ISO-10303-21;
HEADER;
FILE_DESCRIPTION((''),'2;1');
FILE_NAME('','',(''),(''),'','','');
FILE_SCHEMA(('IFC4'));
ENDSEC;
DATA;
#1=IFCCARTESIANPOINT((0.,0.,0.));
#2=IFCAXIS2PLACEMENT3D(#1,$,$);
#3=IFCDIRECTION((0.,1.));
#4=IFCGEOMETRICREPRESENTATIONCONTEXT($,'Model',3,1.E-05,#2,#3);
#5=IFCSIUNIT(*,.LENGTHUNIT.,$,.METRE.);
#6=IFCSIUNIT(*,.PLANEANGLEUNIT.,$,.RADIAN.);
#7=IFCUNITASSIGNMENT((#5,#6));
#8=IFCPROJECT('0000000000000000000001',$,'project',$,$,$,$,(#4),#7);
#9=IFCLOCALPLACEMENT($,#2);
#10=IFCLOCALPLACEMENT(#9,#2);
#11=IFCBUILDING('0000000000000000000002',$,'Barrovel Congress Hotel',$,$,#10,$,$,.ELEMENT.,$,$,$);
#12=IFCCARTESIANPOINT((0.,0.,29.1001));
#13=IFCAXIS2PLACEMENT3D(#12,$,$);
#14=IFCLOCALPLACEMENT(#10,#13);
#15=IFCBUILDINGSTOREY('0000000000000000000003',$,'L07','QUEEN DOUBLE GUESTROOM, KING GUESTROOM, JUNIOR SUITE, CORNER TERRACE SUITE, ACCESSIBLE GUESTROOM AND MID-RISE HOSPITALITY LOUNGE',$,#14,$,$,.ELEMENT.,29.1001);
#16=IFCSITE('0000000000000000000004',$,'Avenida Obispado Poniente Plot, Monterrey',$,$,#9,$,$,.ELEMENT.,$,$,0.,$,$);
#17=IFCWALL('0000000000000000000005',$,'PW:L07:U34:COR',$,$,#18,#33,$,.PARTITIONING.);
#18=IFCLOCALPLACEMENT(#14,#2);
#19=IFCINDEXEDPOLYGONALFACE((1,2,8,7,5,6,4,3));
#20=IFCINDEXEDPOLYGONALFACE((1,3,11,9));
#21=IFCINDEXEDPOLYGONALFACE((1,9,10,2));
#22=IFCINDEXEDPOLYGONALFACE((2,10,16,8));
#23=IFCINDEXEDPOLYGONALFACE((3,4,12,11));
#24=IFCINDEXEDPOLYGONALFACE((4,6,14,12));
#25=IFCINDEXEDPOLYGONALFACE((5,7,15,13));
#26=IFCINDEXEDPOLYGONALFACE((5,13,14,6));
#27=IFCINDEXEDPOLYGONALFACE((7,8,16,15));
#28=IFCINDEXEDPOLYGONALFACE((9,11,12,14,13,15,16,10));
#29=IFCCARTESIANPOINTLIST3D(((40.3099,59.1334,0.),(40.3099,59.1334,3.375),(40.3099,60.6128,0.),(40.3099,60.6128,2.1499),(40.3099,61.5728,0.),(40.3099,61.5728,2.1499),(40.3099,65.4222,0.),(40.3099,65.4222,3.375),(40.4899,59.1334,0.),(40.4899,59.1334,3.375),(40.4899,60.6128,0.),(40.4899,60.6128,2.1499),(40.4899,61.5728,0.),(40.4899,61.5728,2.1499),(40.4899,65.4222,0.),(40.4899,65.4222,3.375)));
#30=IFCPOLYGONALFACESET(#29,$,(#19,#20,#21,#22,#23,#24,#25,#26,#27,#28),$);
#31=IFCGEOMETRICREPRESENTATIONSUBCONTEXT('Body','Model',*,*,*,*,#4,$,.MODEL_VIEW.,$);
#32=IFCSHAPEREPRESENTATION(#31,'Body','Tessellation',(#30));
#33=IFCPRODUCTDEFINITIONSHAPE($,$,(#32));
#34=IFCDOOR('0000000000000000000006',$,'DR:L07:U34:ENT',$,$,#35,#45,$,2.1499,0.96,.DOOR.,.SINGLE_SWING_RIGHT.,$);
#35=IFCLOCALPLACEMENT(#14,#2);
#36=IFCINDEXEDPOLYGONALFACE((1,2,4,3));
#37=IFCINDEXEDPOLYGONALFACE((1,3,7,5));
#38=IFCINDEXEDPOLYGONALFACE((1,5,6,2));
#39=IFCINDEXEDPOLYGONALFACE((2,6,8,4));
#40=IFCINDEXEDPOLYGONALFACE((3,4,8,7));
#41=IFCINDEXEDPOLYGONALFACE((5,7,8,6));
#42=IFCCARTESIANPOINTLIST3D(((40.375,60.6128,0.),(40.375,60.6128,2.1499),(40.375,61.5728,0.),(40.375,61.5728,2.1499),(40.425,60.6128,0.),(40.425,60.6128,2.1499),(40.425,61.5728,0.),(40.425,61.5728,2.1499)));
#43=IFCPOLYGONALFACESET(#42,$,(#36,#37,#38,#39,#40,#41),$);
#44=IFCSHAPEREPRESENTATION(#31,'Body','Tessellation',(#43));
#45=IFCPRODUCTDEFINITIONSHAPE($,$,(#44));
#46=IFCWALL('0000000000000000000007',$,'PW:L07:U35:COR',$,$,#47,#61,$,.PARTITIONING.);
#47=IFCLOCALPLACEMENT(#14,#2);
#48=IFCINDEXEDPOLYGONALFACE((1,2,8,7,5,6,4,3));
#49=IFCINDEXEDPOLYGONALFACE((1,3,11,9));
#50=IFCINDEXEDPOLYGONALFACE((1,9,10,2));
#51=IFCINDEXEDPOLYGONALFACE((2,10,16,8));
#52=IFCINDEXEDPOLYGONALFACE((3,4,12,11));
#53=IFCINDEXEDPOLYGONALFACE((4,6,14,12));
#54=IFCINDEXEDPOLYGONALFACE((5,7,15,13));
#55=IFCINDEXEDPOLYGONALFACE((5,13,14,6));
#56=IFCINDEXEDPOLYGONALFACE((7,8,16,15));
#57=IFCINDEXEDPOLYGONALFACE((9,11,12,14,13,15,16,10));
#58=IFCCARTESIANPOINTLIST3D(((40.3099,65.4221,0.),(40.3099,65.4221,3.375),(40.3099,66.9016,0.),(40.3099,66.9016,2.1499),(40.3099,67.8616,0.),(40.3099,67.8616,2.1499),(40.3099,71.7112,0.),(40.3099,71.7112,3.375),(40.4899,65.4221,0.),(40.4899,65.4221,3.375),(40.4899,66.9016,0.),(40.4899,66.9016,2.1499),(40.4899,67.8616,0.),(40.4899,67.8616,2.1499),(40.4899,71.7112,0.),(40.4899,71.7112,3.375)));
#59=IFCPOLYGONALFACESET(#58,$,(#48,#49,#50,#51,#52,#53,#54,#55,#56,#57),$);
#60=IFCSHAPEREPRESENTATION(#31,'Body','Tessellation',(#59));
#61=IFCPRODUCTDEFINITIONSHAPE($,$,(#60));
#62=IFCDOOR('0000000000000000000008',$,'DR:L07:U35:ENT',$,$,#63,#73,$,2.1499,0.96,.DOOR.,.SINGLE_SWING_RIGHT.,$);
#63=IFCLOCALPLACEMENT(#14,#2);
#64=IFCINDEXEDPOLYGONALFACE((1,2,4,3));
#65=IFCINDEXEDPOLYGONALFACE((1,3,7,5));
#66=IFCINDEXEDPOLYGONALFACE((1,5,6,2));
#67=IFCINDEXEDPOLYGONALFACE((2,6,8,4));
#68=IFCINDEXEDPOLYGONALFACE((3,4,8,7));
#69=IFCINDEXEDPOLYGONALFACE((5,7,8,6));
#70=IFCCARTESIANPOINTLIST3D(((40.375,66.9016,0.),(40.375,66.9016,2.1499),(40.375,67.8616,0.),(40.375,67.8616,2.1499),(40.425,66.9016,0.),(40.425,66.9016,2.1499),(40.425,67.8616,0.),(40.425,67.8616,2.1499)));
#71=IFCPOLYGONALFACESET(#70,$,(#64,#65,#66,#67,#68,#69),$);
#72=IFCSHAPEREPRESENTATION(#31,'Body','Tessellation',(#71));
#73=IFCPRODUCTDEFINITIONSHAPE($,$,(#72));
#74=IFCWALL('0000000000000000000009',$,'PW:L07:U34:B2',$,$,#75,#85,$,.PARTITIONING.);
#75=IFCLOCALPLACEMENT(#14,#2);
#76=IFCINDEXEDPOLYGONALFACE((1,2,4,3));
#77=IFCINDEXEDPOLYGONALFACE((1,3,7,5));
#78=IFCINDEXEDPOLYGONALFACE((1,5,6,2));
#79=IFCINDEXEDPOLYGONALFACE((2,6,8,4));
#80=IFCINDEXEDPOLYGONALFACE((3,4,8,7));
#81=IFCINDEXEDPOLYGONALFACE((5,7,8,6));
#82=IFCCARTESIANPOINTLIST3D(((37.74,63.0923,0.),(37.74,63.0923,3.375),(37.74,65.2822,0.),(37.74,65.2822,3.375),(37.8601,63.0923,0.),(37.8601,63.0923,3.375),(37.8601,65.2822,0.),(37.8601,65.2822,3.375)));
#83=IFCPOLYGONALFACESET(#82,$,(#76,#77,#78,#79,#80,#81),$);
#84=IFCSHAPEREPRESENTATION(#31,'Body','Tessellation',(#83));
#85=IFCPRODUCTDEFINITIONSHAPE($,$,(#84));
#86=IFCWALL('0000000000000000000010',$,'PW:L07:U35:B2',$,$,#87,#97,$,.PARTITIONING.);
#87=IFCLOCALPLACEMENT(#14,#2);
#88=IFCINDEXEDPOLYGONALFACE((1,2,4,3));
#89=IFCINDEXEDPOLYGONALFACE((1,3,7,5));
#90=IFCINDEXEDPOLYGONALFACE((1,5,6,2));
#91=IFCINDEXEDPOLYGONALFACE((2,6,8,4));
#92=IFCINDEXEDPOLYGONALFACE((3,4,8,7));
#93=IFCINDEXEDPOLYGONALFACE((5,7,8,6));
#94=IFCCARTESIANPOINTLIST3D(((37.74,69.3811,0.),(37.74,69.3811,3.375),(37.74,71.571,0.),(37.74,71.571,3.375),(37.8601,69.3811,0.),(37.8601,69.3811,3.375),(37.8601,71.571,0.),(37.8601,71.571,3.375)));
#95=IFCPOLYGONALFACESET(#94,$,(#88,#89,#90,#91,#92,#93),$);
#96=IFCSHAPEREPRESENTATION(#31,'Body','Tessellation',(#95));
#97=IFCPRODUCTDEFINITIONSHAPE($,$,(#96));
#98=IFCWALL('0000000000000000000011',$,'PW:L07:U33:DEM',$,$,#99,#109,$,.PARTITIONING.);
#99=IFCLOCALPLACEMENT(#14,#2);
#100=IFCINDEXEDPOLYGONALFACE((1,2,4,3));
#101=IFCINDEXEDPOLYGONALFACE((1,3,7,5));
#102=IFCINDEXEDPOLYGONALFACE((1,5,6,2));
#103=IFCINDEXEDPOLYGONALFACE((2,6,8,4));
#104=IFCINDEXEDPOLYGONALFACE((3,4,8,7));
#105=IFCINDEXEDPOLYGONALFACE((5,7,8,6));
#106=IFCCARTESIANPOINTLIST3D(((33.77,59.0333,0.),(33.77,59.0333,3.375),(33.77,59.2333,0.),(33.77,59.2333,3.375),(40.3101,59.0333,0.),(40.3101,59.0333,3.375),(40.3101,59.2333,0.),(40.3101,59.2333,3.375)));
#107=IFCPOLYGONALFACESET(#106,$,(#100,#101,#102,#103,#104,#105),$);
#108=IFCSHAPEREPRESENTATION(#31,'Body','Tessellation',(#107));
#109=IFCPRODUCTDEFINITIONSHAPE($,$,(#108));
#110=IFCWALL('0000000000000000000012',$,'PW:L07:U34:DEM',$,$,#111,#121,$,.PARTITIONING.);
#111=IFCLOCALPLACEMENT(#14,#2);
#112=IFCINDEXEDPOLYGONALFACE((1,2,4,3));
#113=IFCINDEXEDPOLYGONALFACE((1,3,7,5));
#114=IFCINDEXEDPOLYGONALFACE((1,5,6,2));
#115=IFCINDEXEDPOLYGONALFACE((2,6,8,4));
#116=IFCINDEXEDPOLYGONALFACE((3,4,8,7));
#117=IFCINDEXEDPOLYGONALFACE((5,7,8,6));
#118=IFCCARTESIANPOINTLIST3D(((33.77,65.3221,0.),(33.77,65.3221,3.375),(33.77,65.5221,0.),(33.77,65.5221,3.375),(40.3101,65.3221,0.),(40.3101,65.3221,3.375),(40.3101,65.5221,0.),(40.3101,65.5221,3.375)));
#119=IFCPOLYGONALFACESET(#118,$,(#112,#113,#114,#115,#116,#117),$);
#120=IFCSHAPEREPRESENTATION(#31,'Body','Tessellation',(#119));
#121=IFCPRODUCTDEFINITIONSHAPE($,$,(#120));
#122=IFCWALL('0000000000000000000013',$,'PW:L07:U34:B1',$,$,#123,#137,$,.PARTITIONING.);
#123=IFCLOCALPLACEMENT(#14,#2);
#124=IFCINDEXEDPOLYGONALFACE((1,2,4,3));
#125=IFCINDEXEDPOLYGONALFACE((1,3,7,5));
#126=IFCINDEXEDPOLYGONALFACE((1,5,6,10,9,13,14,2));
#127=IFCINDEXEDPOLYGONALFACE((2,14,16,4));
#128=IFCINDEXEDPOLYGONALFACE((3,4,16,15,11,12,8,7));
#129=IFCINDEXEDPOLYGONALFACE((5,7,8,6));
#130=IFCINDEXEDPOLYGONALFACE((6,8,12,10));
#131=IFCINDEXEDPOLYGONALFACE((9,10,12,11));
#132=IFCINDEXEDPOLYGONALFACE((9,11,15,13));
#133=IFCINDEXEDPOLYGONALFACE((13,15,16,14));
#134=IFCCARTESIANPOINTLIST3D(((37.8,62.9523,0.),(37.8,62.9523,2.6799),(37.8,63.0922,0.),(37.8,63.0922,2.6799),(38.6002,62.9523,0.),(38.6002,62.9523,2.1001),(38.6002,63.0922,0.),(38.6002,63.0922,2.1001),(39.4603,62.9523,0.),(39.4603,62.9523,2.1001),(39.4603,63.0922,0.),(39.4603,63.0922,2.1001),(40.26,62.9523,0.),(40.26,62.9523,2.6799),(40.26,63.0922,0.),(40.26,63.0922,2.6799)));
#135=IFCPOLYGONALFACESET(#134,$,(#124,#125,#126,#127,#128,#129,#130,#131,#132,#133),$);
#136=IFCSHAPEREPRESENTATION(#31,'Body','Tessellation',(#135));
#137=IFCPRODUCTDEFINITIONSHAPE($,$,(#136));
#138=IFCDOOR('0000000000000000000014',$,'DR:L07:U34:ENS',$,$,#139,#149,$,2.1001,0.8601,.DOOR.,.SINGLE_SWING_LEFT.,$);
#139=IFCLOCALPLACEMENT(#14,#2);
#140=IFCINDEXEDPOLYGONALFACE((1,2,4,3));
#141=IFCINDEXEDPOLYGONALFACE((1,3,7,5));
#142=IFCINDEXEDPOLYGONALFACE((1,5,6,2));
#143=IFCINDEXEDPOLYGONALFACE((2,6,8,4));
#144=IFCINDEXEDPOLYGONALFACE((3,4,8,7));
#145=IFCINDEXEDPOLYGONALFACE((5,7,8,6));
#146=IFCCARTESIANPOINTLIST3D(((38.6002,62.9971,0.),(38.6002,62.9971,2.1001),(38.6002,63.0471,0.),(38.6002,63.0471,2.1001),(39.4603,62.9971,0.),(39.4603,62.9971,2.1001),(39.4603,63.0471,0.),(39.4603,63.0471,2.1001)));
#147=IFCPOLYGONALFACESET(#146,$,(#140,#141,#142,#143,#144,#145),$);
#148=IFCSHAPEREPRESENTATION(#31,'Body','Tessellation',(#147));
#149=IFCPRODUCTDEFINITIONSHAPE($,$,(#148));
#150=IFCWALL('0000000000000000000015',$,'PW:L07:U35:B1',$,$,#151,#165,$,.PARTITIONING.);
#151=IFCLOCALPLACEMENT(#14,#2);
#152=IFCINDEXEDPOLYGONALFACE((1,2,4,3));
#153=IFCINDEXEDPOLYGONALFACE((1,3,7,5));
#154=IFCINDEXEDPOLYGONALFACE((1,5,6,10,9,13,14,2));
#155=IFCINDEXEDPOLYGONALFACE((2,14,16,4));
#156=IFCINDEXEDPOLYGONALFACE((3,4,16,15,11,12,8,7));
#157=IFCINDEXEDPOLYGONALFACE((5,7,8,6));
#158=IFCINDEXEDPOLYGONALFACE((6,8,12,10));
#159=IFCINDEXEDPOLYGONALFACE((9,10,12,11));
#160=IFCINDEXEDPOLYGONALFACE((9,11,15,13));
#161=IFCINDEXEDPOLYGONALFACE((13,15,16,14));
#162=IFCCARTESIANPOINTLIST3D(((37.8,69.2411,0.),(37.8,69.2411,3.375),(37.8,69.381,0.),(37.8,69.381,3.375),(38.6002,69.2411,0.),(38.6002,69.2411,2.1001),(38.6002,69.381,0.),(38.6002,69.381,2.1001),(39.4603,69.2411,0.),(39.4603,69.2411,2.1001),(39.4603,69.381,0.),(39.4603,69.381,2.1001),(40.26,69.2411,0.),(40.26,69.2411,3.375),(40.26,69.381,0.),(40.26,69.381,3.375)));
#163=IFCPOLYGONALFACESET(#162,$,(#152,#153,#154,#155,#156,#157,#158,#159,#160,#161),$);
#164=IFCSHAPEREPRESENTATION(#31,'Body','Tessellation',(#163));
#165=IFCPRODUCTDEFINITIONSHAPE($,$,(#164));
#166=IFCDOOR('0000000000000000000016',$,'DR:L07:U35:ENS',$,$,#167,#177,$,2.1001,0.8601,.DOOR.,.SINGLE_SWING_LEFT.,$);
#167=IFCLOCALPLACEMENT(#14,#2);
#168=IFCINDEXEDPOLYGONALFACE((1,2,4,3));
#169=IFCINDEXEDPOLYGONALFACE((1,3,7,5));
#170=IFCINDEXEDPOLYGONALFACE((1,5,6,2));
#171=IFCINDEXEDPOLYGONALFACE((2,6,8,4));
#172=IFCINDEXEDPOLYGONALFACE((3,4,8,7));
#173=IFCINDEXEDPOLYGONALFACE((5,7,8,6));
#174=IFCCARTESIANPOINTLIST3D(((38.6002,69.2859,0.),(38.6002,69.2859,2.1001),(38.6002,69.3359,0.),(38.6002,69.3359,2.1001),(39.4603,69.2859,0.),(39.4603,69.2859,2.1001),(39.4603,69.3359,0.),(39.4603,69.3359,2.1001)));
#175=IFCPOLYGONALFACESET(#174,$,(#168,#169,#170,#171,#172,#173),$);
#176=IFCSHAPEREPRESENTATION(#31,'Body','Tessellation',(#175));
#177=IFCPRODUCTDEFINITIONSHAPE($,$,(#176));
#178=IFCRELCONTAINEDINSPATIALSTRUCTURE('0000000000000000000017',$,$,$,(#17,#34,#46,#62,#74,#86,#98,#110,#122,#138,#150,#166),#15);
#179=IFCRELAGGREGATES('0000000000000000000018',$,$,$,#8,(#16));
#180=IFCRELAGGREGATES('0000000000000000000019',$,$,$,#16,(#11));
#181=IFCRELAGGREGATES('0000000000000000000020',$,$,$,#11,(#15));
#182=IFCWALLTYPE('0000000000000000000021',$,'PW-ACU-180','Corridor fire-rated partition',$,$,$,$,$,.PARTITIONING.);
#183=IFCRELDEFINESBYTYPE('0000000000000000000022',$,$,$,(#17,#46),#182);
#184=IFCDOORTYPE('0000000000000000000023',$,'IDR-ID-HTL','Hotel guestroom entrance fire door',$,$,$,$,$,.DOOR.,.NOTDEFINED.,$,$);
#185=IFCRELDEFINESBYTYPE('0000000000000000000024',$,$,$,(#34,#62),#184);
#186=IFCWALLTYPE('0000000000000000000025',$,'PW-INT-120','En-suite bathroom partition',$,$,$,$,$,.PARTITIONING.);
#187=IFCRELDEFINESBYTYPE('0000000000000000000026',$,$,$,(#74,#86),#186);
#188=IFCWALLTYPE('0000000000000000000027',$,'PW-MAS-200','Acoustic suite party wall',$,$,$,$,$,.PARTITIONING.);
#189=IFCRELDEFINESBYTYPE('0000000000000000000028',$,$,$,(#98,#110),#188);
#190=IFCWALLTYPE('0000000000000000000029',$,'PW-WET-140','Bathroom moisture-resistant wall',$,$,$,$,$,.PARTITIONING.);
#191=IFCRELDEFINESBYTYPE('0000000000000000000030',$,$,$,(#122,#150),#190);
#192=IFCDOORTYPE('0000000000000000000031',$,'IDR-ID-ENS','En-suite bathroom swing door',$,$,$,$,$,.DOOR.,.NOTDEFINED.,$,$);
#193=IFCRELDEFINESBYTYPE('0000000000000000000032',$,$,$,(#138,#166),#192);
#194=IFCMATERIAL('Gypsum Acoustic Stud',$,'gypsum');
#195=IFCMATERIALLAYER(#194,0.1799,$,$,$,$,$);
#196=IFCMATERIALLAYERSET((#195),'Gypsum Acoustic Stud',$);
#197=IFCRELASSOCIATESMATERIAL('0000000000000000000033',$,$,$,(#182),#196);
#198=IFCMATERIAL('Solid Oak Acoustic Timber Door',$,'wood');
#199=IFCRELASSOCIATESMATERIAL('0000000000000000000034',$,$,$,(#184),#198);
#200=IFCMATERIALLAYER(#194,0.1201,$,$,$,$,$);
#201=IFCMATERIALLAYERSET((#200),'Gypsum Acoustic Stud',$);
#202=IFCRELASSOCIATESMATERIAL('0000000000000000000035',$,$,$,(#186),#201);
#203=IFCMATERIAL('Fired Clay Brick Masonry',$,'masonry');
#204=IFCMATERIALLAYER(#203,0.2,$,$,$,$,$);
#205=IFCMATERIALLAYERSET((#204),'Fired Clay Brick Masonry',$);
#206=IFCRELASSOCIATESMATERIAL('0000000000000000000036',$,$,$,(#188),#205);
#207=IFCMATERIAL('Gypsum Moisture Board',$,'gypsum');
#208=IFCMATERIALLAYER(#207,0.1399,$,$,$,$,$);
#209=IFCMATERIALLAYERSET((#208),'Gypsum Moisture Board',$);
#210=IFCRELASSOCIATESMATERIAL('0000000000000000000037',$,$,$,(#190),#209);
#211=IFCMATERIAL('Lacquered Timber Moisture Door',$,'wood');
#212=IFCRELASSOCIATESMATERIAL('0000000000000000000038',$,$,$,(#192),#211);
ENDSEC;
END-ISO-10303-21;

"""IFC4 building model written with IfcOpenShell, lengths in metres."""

from ifc_helpers import new_model, si_unit, direction, frame, frame_2d, origin, place, context, subcontext, project, spatial, rectangle, extrude, material, layer, layer_set, type_object, element, fill, save


model = new_model("IFC4")

# Units and contexts
model_context = context("Model", 3, precision=1e-05, world=origin(), true_north=direction((0.0, 1.0)))
body_context = subcontext(model_context, "Body", "Model", "MODEL_VIEW")
ifc_project = project(units=[si_unit("LENGTHUNIT", "METRE"), si_unit("PLANEANGLEUNIT", "RADIAN")], contexts=[model_context])

# Site, building, storey
site_placement = place(None, origin())
site = spatial("IfcSite", under=ifc_project, at=site_placement, Name="Avenida Obispado Poniente Plot, Monterrey", CompositionType="ELEMENT", RefElevation=0.0)
building_placement = place(site_placement, origin())
building = spatial("IfcBuilding", under=site, at=building_placement, Name="Barrovel Congress Hotel", CompositionType="ELEMENT")
storey_placement = place(building_placement, frame((0.0, 0.0, 29.1001)))
storey = spatial("IfcBuildingStorey", under=building, at=storey_placement, Name="L07", Description="QUEEN DOUBLE GUESTROOM, KING GUESTROOM, JUNIOR SUITE, CORNER TERRACE SUITE, ACCESSIBLE GUESTROOM AND MID-RISE HOSPITALITY LOUNGE", CompositionType="ELEMENT", Elevation=29.1001)

# Shared definitions
ifc_material_1 = material(Name="Fired Clay Brick Masonry", Category="masonry")

# Walls, openings, doors
ifc_material_2 = material(Name="Gypsum Acoustic Stud", Category="gypsum")
ifc_layer_1 = layer(ifc_material_2, 0.1799)
ifc_layer_set_1 = layer_set([ifc_layer_1], Name="Gypsum Acoustic Stud")
wall_type_1 = type_object("IfcWallType", Name="PW-ACU-180", Description="Corridor fire-rated partition", PredefinedType="PARTITIONING", material=ifc_layer_set_1)
wall_1_placement = place(storey_placement, frame((40.3999, 59.1333, 0.0), z_axis=(0.0, 0.0, 1.0), x_axis=(0.0, 1.0, 0.0)))
wall_1 = element("IfcWall", 1, at=wall_1_placement, inside=storey, type_object=wall_type_1, Name="PW:L07:U34:COR", PredefinedType="PARTITIONING", context=body_context, shape_type="SweptSolid", body=[
    extrude(rectangle(XDim=6.2888, YDim=0.1799, at=frame_2d((3.1445, 0.0))), origin(), (0.0, 0.0, 1.0), 3.375),
])
opening_1_placement = place(wall_1_placement, frame((1.4795, 0.0, 0.0)))
opening_1 = element("IfcOpeningElement", 2, at=opening_1_placement, cuts=wall_1, PredefinedType="OPENING", context=body_context, shape_type="SweptSolid", body=[
    extrude(rectangle(XDim=0.96, YDim=2.1499, at=frame_2d((0.48, 1.075))), frame((0.0, 0.1001, 0.0), z_axis=(0.0, -1.0, 0.0), x_axis=(1.0, 0.0, 0.0)), (0.0, 0.0, 1.0), 0.2),
])
ifc_material_3 = material(Name="Solid Oak Acoustic Timber Door", Category="wood")
door_type_1 = type_object("IfcDoorType", Name="IDR-ID-HTL", Description="Hotel guestroom entrance fire door", OperationType="NOTDEFINED", PredefinedType="DOOR", material=ifc_material_3)
door_1_placement = place(opening_1_placement, origin())
door_1 = element("IfcDoor", 3, at=door_1_placement, inside=storey, type_object=door_type_1, Name="DR:L07:U34:ENT", OperationType="SINGLE_SWING_RIGHT", OverallHeight=2.1499, OverallWidth=0.96, PredefinedType="DOOR", context=body_context, shape_type="SweptSolid", body=[
    extrude(rectangle(XDim=0.96, YDim=2.1499, at=frame_2d((0.48, 1.075))), frame((0.0, 0.0249, 0.0), z_axis=(0.0, -1.0, 0.0), x_axis=(1.0, 0.0, 0.0)), (0.0, 0.0, 1.0), 0.05),
])
fill(opening_1, door_1)
wall_2_placement = place(storey_placement, frame((40.3999, 65.4221, 0.0), z_axis=(0.0, 0.0, 1.0), x_axis=(0.0, 1.0, 0.0)))
wall_2 = element("IfcWall", 4, at=wall_2_placement, inside=storey, type_object=wall_type_1, Name="PW:L07:U35:COR", PredefinedType="PARTITIONING", context=body_context, shape_type="SweptSolid", body=[
    extrude(rectangle(XDim=6.2891, YDim=0.1799, at=frame_2d((3.1445, 0.0))), origin(), (0.0, 0.0, 1.0), 3.375),
])
opening_2_placement = place(wall_2_placement, frame((1.4795, 0.0, 0.0)))
opening_2 = element("IfcOpeningElement", 5, at=opening_2_placement, cuts=wall_2, PredefinedType="OPENING", context=body_context, shape_type="SweptSolid", body=[
    extrude(rectangle(XDim=0.96, YDim=2.1499, at=frame_2d((0.48, 1.075))), frame((0.0, 0.1001, 0.0), z_axis=(0.0, -1.0, 0.0), x_axis=(1.0, 0.0, 0.0)), (0.0, 0.0, 1.0), 0.2),
])
door_2_placement = place(opening_2_placement, origin())
door_2 = element("IfcDoor", 6, at=door_2_placement, inside=storey, type_object=door_type_1, Name="DR:L07:U35:ENT", OperationType="SINGLE_SWING_RIGHT", OverallHeight=2.1499, OverallWidth=0.96, PredefinedType="DOOR", context=body_context, shape_type="SweptSolid", body=[
    extrude(rectangle(XDim=0.96, YDim=2.1499, at=frame_2d((0.48, 1.075))), frame((0.0, 0.0249, 0.0), z_axis=(0.0, -1.0, 0.0), x_axis=(1.0, 0.0, 0.0)), (0.0, 0.0, 1.0), 0.05),
])
fill(opening_2, door_2)

# Walls
ifc_layer_2 = layer(ifc_material_2, 0.1201)
ifc_layer_set_2 = layer_set([ifc_layer_2], Name="Gypsum Acoustic Stud")
wall_type_2 = type_object("IfcWallType", Name="PW-INT-120", Description="En-suite bathroom partition", PredefinedType="PARTITIONING", material=ifc_layer_set_2)
for number, where, z_axis, x_axis, name in (
    (7, (37.8, 63.0923, 0.0), (0.0, 0.0, 1.0), (0.0, 1.0, 0.0), "PW:L07:U34:B2"),
    (8, (37.8, 69.3811, 0.0), (0.0, 0.0, 1.0), (0.0, 1.0, 0.0), "PW:L07:U35:B2"),
):
    element("IfcWall", number, at=place(storey_placement, frame(where, z_axis=z_axis, x_axis=x_axis)), inside=storey, type_object=wall_type_2, Name=name, PredefinedType="PARTITIONING", context=body_context, shape_type="SweptSolid", body=[
        extrude(rectangle(XDim=2.1899, YDim=0.1201, at=frame_2d((1.095, 0.0))), origin(), (0.0, 0.0, 1.0), 3.375),
    ])
ifc_layer_3 = layer(ifc_material_1, 0.2)
ifc_layer_set_3 = layer_set([ifc_layer_3], Name="Fired Clay Brick Masonry")
wall_type_3 = type_object("IfcWallType", Name="PW-MAS-200", Description="Acoustic suite party wall", PredefinedType="PARTITIONING", material=ifc_layer_set_3)
for number, where, z_axis, x_axis, name in (
    (9, (33.77, 59.1333, 0.0), (0.0, 0.0, 1.0), (1.0, 0.0, 0.0), "PW:L07:U33:DEM"),
    (10, (33.77, 65.4221, 0.0), (0.0, 0.0, 1.0), (1.0, 0.0, 0.0), "PW:L07:U34:DEM"),
):
    element("IfcWall", number, at=place(storey_placement, frame(where, z_axis=z_axis, x_axis=x_axis)), inside=storey, type_object=wall_type_3, Name=name, PredefinedType="PARTITIONING", context=body_context, shape_type="SweptSolid", body=[
        extrude(rectangle(XDim=6.54, YDim=0.2, at=frame_2d((3.27, 0.0))), origin(), (0.0, 0.0, 1.0), 3.375),
    ])

# Walls, openings, doors
ifc_material_4 = material(Name="Gypsum Moisture Board", Category="gypsum")
ifc_layer_4 = layer(ifc_material_4, 0.1399)
ifc_layer_set_4 = layer_set([ifc_layer_4], Name="Gypsum Moisture Board")
wall_type_4 = type_object("IfcWallType", Name="PW-WET-140", Description="Bathroom moisture-resistant wall", PredefinedType="PARTITIONING", material=ifc_layer_set_4)
wall_3_placement = place(storey_placement, frame((37.8, 63.0222, 0.0), z_axis=(0.0, 0.0, 1.0), x_axis=(1.0, 0.0, 0.0)))
wall_3 = element("IfcWall", 11, at=wall_3_placement, inside=storey, type_object=wall_type_4, Name="PW:L07:U34:B1", PredefinedType="PARTITIONING", context=body_context, shape_type="SweptSolid", body=[
    extrude(rectangle(XDim=2.46, YDim=0.1399, at=frame_2d((1.23, 0.0))), origin(), (0.0, 0.0, 1.0), 2.6799),
])
opening_3_placement = place(wall_3_placement, frame((0.8, 0.0, 0.0)))
opening_3 = element("IfcOpeningElement", 12, at=opening_3_placement, cuts=wall_3, PredefinedType="OPENING", context=body_context, shape_type="SweptSolid", body=[
    extrude(rectangle(XDim=0.8601, YDim=2.1001, at=frame_2d((0.4302, 1.05))), frame((0.0, 0.0801, 0.0), z_axis=(0.0, -1.0, 0.0), x_axis=(1.0, 0.0, 0.0)), (0.0, 0.0, 1.0), 0.1599),
])
ifc_material_5 = material(Name="Lacquered Timber Moisture Door", Category="wood")
door_type_2 = type_object("IfcDoorType", Name="IDR-ID-ENS", Description="En-suite bathroom swing door", OperationType="NOTDEFINED", PredefinedType="DOOR", material=ifc_material_5)
door_3_placement = place(opening_3_placement, origin())
door_3 = element("IfcDoor", 13, at=door_3_placement, inside=storey, type_object=door_type_2, Name="DR:L07:U34:ENS", OperationType="SINGLE_SWING_LEFT", OverallHeight=2.1001, OverallWidth=0.8601, PredefinedType="DOOR", context=body_context, shape_type="SweptSolid", body=[
    extrude(rectangle(XDim=0.8601, YDim=2.1001, at=frame_2d((0.4302, 1.05))), frame((0.0, 0.0249, 0.0), z_axis=(0.0, -1.0, 0.0), x_axis=(1.0, 0.0, 0.0)), (0.0, 0.0, 1.0), 0.05),
])
fill(opening_3, door_3)
wall_4_placement = place(storey_placement, frame((37.8, 69.311, 0.0), z_axis=(0.0, 0.0, 1.0), x_axis=(1.0, 0.0, 0.0)))
wall_4 = element("IfcWall", 14, at=wall_4_placement, inside=storey, type_object=wall_type_4, Name="PW:L07:U35:B1", PredefinedType="PARTITIONING", context=body_context, shape_type="SweptSolid", body=[
    extrude(rectangle(XDim=2.46, YDim=0.1399, at=frame_2d((1.23, 0.0))), origin(), (0.0, 0.0, 1.0), 3.375),
])
opening_4_placement = place(wall_4_placement, frame((0.8, 0.0, 0.0)))
opening_4 = element("IfcOpeningElement", 15, at=opening_4_placement, cuts=wall_4, PredefinedType="OPENING", context=body_context, shape_type="SweptSolid", body=[
    extrude(rectangle(XDim=0.8601, YDim=2.1001, at=frame_2d((0.4302, 1.05))), frame((0.0, 0.0801, 0.0), z_axis=(0.0, -1.0, 0.0), x_axis=(1.0, 0.0, 0.0)), (0.0, 0.0, 1.0), 0.1599),
])
door_4_placement = place(opening_4_placement, origin())
door_4 = element("IfcDoor", 16, at=door_4_placement, inside=storey, type_object=door_type_2, Name="DR:L07:U35:ENS", OperationType="SINGLE_SWING_LEFT", OverallHeight=2.1001, OverallWidth=0.8601, PredefinedType="DOOR", context=body_context, shape_type="SweptSolid", body=[
    extrude(rectangle(XDim=0.8601, YDim=2.1001, at=frame_2d((0.4302, 1.05))), frame((0.0, 0.0249, 0.0), z_axis=(0.0, -1.0, 0.0), x_axis=(1.0, 0.0, 0.0)), (0.0, 0.0, 1.0), 0.05),
])
fill(opening_4, door_4)

save(model, "model.ifc")
